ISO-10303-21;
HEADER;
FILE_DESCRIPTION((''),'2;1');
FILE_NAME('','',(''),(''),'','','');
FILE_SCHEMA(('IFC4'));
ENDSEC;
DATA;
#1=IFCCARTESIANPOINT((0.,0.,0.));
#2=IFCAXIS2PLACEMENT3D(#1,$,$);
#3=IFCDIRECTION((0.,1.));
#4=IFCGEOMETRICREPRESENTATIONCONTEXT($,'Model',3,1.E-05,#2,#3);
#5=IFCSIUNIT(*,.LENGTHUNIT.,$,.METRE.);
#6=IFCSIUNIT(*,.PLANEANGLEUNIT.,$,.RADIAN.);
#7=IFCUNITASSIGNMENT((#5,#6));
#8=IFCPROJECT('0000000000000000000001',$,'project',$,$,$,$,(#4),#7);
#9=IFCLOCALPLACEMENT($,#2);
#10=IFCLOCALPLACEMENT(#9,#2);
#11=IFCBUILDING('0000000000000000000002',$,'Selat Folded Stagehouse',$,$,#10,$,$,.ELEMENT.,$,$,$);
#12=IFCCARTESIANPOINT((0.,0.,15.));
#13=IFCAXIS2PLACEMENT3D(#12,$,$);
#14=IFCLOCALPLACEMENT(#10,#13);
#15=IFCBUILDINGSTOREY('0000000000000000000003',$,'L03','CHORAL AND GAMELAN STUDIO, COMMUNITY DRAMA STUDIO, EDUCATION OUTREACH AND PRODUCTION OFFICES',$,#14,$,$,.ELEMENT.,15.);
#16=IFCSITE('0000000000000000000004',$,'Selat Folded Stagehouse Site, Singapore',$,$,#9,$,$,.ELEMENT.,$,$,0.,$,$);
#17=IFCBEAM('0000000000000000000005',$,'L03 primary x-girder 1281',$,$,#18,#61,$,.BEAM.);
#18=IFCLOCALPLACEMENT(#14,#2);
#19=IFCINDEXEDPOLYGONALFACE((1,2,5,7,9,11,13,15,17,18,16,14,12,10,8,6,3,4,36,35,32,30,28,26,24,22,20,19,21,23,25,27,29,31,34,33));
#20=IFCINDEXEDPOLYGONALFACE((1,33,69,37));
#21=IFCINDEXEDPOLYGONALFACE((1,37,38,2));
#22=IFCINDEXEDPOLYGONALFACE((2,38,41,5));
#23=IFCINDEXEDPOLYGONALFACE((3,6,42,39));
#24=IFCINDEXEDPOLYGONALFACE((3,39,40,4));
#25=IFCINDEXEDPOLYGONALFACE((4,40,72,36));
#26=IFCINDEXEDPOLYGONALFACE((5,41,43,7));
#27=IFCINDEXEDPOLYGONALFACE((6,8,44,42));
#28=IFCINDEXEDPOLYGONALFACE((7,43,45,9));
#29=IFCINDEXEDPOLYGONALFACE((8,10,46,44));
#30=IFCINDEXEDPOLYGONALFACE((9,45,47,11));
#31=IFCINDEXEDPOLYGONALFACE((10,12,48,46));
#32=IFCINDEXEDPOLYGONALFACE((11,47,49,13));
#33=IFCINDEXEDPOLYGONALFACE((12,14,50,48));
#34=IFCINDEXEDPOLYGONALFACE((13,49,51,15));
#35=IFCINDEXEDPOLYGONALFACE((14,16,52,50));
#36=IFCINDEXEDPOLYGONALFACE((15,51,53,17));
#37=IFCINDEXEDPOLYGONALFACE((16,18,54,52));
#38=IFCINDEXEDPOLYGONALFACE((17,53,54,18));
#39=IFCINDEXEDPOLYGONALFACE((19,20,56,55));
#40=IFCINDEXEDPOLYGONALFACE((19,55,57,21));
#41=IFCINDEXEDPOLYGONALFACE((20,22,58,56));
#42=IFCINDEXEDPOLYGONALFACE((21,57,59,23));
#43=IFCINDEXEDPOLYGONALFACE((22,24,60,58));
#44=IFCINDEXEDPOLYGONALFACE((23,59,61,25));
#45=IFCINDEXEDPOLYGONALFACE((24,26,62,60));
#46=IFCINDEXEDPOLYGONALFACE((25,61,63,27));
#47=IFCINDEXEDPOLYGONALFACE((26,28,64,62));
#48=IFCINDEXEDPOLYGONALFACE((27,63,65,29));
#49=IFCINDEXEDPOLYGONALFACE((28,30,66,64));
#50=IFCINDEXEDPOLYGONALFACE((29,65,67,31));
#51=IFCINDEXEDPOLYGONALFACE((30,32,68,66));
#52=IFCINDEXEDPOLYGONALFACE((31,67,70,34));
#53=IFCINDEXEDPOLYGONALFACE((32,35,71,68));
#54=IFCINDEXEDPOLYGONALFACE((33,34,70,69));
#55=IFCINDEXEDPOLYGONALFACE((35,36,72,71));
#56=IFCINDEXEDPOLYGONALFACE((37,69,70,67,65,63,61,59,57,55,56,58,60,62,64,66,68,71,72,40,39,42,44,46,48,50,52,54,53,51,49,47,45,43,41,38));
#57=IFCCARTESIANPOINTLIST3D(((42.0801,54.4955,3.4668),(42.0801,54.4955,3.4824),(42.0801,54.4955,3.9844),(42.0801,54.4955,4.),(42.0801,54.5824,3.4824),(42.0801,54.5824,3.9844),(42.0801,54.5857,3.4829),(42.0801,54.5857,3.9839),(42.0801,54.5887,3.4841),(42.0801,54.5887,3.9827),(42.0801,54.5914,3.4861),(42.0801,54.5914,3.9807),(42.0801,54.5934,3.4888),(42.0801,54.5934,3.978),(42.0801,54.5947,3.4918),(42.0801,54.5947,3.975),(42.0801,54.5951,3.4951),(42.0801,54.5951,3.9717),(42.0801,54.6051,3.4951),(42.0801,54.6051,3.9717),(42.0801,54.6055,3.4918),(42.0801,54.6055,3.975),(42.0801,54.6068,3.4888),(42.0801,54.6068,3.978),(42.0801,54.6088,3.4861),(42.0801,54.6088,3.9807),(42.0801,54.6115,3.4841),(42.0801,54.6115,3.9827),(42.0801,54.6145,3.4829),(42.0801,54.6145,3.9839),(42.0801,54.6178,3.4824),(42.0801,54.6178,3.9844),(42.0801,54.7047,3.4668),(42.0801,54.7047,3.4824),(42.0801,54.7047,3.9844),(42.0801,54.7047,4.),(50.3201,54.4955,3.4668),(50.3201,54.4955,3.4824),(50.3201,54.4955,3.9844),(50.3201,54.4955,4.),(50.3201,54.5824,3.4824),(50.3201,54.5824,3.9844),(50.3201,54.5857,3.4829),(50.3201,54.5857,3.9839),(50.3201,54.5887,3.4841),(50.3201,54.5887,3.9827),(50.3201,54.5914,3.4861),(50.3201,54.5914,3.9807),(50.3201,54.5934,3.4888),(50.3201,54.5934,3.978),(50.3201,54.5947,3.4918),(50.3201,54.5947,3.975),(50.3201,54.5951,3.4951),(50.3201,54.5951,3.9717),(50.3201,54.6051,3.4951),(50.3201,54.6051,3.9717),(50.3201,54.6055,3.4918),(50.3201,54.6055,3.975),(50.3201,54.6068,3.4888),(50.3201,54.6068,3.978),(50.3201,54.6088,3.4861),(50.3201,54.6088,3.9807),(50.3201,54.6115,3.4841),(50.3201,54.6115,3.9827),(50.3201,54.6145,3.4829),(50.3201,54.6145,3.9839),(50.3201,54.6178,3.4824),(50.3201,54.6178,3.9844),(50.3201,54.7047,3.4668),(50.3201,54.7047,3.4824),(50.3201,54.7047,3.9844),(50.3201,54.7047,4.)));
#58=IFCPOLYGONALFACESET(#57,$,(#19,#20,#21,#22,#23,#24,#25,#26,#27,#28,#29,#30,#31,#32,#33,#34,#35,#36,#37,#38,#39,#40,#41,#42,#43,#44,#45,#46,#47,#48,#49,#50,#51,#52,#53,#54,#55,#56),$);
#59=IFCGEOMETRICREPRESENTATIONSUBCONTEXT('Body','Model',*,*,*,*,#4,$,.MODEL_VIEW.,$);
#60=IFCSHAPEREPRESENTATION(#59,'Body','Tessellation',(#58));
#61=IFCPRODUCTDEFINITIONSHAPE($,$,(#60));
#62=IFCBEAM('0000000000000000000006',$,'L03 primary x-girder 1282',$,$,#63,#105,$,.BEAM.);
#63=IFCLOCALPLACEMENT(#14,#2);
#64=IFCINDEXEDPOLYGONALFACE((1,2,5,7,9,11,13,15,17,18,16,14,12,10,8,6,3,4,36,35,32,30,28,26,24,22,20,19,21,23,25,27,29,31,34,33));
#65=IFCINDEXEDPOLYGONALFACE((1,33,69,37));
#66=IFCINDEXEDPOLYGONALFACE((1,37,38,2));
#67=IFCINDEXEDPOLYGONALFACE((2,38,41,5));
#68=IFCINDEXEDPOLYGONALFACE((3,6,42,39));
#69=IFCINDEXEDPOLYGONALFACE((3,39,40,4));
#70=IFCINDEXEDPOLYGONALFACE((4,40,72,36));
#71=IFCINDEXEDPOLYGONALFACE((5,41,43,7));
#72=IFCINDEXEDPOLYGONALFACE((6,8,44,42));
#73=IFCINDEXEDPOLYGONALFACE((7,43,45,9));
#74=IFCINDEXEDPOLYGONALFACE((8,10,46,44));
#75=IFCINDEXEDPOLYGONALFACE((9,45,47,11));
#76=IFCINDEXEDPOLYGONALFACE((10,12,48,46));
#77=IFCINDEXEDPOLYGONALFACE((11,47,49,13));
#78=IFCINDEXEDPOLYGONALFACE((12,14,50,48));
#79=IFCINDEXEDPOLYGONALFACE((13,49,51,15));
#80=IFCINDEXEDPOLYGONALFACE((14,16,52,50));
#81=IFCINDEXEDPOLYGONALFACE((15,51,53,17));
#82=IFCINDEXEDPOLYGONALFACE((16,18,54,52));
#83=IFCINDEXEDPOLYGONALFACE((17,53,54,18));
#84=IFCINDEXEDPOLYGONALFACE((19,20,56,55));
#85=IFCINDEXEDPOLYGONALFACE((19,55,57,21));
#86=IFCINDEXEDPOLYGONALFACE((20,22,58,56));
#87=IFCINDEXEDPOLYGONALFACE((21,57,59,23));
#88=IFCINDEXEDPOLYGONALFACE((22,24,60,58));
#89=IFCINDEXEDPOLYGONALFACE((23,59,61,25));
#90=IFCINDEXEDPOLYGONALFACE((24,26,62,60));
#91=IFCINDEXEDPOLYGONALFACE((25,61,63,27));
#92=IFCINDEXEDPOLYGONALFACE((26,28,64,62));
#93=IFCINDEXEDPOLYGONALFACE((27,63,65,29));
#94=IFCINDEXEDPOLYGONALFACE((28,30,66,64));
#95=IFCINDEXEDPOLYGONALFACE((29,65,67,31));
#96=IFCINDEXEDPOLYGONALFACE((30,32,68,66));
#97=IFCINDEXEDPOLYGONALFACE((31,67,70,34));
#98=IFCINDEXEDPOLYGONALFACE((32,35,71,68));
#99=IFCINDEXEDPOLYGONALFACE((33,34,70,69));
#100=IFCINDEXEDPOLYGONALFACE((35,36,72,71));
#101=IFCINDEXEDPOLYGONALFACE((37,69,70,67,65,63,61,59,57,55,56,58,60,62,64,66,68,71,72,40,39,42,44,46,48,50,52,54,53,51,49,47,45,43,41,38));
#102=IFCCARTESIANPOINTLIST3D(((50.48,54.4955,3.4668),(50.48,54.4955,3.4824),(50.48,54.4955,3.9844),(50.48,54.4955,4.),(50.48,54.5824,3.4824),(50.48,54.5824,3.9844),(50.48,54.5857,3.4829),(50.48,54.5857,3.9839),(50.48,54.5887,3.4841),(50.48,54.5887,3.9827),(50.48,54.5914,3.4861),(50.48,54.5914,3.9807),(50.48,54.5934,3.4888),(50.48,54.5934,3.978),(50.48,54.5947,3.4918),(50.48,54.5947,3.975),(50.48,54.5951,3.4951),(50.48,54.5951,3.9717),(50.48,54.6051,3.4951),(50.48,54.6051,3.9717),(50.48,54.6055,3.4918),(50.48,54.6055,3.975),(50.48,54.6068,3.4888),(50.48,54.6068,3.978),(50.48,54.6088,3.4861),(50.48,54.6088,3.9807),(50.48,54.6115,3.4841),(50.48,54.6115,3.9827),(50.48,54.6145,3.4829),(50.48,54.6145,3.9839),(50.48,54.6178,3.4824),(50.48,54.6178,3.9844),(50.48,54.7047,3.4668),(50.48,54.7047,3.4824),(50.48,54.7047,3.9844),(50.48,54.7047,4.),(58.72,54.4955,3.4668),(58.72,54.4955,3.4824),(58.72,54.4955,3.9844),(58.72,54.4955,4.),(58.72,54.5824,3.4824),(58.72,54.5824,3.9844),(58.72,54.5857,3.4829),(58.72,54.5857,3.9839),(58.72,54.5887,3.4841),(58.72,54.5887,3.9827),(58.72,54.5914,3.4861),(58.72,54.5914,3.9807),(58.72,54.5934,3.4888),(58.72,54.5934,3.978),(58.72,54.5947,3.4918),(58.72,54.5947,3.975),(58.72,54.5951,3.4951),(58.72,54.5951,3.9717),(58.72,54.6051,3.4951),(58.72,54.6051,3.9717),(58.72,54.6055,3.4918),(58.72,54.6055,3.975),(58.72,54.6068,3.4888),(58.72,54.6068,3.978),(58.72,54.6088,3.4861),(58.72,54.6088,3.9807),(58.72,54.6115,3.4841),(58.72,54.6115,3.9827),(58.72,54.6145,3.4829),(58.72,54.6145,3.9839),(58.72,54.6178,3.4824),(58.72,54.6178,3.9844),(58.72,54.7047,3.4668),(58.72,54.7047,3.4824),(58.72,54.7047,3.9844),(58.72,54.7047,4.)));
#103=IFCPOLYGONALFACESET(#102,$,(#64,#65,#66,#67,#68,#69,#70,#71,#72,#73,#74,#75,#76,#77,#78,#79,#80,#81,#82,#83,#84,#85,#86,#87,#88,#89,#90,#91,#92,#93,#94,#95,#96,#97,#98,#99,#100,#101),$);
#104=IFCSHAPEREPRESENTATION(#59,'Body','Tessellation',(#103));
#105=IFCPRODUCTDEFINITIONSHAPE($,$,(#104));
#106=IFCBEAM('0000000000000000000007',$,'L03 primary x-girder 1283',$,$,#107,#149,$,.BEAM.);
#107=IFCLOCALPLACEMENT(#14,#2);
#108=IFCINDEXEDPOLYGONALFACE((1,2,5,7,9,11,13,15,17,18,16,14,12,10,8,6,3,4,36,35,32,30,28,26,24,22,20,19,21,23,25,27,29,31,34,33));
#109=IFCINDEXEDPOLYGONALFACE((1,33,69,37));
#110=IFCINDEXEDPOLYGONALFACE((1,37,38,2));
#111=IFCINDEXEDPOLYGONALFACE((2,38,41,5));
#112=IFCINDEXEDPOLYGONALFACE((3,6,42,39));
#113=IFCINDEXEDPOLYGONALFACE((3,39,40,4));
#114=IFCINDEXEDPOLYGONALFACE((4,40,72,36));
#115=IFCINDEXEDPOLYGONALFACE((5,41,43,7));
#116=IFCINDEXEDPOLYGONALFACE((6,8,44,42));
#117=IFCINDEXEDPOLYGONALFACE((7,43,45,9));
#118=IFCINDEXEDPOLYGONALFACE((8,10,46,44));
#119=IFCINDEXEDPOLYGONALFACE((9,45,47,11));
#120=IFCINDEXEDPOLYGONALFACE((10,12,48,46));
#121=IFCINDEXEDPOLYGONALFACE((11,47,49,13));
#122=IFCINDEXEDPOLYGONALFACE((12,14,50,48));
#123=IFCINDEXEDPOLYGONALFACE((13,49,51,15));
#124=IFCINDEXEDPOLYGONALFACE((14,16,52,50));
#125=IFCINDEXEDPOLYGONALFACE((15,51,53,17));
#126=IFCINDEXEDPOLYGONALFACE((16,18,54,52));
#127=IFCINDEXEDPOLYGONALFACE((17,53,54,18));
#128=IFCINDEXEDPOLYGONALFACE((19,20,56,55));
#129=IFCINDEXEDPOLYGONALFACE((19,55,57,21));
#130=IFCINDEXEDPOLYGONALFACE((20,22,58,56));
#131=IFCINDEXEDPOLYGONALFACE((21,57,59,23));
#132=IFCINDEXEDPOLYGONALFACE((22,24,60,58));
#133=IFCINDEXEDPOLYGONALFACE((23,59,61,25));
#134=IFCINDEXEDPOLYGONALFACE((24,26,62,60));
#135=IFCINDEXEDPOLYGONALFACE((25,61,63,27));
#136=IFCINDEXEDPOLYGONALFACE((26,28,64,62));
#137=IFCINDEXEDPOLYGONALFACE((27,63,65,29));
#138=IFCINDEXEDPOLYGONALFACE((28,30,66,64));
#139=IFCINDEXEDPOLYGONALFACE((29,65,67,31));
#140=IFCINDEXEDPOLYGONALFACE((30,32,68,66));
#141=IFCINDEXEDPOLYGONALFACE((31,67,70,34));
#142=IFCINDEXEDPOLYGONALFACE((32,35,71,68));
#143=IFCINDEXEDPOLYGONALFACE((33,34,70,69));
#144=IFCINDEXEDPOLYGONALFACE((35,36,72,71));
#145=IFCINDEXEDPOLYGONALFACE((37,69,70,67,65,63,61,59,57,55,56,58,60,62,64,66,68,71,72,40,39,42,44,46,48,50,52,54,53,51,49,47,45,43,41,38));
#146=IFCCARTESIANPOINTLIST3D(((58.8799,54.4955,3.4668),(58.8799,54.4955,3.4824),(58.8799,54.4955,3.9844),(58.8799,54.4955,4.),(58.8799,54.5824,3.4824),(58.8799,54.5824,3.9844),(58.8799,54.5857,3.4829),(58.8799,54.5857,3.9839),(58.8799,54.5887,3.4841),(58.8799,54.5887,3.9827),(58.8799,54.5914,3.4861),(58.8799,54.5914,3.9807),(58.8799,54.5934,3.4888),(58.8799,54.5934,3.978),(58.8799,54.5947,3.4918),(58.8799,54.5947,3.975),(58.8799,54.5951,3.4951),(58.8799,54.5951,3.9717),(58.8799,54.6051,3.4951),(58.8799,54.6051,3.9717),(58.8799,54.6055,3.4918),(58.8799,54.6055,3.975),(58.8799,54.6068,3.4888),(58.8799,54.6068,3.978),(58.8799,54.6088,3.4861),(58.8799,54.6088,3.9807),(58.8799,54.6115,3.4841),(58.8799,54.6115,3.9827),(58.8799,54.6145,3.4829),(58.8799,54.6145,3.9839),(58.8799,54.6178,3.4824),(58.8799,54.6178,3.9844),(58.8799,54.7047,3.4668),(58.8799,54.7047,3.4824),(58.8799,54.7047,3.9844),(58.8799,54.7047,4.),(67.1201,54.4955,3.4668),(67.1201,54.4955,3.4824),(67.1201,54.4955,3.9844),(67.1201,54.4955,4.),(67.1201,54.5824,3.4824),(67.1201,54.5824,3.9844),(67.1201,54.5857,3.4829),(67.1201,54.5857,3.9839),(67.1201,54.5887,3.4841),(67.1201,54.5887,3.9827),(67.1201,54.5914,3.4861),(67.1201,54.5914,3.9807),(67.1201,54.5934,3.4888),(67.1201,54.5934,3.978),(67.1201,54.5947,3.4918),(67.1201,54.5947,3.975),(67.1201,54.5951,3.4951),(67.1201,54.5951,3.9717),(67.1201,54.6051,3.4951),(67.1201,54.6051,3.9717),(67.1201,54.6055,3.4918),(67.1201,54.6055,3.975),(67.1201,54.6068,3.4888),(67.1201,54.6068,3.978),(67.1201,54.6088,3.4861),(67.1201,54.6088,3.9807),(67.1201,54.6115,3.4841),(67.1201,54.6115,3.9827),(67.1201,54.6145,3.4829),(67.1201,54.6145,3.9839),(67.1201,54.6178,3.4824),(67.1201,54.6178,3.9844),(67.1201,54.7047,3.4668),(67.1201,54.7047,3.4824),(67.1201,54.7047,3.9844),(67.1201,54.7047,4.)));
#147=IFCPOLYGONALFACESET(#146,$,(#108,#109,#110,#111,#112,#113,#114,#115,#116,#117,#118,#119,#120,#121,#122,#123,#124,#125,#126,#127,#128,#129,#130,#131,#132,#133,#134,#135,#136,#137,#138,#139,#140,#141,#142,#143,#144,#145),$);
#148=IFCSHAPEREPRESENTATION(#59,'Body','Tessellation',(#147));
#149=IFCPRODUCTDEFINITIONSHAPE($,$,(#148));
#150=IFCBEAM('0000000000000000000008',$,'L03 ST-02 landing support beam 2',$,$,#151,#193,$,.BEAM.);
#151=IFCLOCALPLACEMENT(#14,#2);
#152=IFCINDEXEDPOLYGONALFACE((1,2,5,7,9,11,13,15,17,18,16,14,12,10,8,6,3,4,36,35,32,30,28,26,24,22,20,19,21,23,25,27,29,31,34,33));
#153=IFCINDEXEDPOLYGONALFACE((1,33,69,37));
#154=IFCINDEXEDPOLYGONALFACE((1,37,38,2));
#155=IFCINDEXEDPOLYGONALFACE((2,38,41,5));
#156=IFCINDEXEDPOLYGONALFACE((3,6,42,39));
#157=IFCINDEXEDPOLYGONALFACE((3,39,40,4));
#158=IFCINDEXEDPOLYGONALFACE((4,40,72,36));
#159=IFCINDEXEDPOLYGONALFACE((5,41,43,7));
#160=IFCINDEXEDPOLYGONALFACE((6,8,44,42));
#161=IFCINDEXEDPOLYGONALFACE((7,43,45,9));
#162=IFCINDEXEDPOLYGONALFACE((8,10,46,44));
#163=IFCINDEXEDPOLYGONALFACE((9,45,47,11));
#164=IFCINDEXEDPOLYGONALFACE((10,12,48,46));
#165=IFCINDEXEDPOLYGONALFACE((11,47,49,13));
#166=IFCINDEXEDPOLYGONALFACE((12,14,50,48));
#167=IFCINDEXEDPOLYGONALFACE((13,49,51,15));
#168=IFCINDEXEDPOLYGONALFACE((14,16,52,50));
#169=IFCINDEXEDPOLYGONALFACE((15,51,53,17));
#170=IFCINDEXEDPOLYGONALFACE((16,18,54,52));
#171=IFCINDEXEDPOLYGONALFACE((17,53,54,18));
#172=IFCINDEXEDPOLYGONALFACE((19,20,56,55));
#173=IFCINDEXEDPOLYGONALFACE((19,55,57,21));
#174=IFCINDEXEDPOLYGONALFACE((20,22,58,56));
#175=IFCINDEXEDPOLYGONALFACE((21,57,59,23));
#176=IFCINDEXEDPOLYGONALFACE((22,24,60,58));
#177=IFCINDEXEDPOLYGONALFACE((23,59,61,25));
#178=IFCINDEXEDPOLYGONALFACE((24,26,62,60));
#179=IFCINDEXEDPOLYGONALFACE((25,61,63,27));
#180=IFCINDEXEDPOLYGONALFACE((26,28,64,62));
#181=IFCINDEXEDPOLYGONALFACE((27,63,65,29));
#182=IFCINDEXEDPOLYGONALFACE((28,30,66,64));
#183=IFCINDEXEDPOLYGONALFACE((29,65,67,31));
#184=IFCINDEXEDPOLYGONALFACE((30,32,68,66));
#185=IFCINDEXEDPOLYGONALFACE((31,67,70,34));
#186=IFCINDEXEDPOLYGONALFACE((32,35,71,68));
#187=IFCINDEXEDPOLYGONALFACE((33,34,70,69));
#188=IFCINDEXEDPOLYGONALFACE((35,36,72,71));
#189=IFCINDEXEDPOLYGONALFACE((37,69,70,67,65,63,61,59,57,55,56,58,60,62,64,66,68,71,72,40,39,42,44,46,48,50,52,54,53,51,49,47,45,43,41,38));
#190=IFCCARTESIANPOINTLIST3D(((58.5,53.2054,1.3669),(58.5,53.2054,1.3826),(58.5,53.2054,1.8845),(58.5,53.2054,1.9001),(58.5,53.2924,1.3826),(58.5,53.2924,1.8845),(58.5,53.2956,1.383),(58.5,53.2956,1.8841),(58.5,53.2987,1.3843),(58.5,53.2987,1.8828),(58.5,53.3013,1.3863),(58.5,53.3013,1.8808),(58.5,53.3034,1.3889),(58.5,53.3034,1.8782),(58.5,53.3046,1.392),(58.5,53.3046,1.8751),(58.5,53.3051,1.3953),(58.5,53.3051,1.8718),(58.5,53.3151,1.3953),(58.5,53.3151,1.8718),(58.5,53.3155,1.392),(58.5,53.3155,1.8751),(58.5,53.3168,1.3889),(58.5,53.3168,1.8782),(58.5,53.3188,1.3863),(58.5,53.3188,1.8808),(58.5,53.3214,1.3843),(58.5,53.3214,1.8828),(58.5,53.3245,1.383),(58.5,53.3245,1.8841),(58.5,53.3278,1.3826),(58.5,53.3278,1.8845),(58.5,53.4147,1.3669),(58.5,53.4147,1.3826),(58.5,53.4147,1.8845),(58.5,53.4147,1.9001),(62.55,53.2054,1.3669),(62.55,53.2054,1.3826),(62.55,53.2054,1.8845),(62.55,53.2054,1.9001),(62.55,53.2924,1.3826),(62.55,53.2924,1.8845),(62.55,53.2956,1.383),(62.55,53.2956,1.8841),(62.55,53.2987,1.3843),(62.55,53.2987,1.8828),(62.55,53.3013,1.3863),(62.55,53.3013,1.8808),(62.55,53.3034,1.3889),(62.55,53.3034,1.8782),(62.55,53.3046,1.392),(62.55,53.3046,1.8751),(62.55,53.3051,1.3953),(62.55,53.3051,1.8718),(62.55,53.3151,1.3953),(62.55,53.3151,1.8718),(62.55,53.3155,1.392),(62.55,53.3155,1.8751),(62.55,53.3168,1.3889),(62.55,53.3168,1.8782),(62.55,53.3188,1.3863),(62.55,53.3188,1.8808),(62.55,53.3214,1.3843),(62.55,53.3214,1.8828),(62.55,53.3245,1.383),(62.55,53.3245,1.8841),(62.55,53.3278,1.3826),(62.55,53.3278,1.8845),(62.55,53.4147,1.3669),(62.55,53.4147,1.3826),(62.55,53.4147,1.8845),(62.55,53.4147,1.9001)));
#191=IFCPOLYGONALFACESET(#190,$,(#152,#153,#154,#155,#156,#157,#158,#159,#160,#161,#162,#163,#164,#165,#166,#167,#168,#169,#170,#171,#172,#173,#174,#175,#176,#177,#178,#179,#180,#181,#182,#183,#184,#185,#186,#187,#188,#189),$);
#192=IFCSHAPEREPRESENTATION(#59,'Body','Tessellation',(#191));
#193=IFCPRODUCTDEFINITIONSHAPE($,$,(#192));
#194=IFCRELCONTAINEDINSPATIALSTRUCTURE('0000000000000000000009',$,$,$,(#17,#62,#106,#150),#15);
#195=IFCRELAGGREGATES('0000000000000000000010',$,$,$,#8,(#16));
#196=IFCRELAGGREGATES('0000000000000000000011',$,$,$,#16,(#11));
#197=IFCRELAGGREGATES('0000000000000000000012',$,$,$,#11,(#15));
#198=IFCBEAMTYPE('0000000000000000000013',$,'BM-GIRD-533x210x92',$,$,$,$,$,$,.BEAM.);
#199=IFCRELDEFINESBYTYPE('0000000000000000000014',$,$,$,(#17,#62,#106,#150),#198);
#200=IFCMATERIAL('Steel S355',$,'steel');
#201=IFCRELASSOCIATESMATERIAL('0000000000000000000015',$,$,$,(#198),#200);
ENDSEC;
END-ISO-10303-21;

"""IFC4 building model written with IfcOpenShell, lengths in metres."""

from ifc_helpers import new_model, si_unit, direction, frame, origin, origin_2d, place, context, subcontext, project, spatial, i_section, extrude, material, material_profile, profile_set, type_object, element, save


model = new_model("IFC4")

# Units and contexts
model_context = context("Model", 3, precision=1e-05, world=origin(), true_north=direction((0.0, 1.0)))
body_context = subcontext(model_context, "Body", "Model", "MODEL_VIEW")
ifc_project = project(units=[si_unit("LENGTHUNIT", "METRE"), si_unit("PLANEANGLEUNIT", "RADIAN")], contexts=[model_context])

# Site, building, storey
site_placement = place(None, origin())
site = spatial("IfcSite", under=ifc_project, at=site_placement, Name="Selat Folded Stagehouse Site, Singapore", CompositionType="ELEMENT", RefElevation=0.0)
building_placement = place(site_placement, origin())
building = spatial("IfcBuilding", under=site, at=building_placement, Name="Selat Folded Stagehouse", CompositionType="ELEMENT")
storey_placement = place(building_placement, frame((0.0, 0.0, 15.0)))
storey = spatial("IfcBuildingStorey", under=building, at=storey_placement, Name="L03", Description="CHORAL AND GAMELAN STUDIO, COMMUNITY DRAMA STUDIO, EDUCATION OUTREACH AND PRODUCTION OFFICES", CompositionType="ELEMENT", Elevation=15.0)

# Shared definitions
ifc_material_1 = material(Name="Steel S355", Category="steel")

# Beams
ifc_material_profile_1 = material_profile(ifc_material_1, i_section(OverallWidth=0.2092, OverallDepth=0.5332, WebThickness=0.01, FlangeThickness=0.0156, FilletRadius=0.0127, at=origin_2d()), Name="UKB 533x210x92")
ifc_profile_set_1 = profile_set([ifc_material_profile_1], Name="Steel S355")
beam_type_1 = type_object("IfcBeamType", Name="BM-GIRD-533x210x92", PredefinedType="BEAM", material=ifc_profile_set_1)
for number, where, z_axis, x_axis, name in (
    (1, (42.0801, 54.6001, 3.7334), (1.0, 0.0, 0.0), (0.0, 1.0, 0.0), "L03 primary x-girder 1281"),
    (2, (50.48, 54.6001, 3.7334), (1.0, 0.0, 0.0), (0.0, 1.0, 0.0), "L03 primary x-girder 1282"),
):
    element("IfcBeam", number, at=place(storey_placement, frame(where, z_axis=z_axis, x_axis=x_axis)), inside=storey, type_object=beam_type_1, Name=name, PredefinedType="BEAM", context=body_context, shape_type="SweptSolid", body=[
        extrude(i_section(OverallWidth=0.2092, OverallDepth=0.5332, WebThickness=0.01, FlangeThickness=0.0156, FilletRadius=0.0127, at=origin_2d()), origin(), (0.0, 0.0, 1.0), 8.24),
    ])
beam_1_placement = place(storey_placement, frame((58.8799, 54.6001, 3.7334), z_axis=(1.0, 0.0, 0.0), x_axis=(0.0, 1.0, 0.0)))
element("IfcBeam", 3, at=beam_1_placement, inside=storey, type_object=beam_type_1, Name="L03 primary x-girder 1283", PredefinedType="BEAM", context=body_context, shape_type="SweptSolid", body=[
    extrude(i_section(OverallWidth=0.2092, OverallDepth=0.5332, WebThickness=0.01, FlangeThickness=0.0156, FilletRadius=0.0127, at=origin_2d()), origin(), (0.0, 0.0, 1.0), 8.2402),
])
beam_2_placement = place(storey_placement, frame((58.5, 53.3101, 1.6335), z_axis=(1.0, 0.0, 0.0), x_axis=(0.0, 1.0, 0.0)))
element("IfcBeam", 4, at=beam_2_placement, inside=storey, type_object=beam_type_1, Name="L03 ST-02 landing support beam 2", PredefinedType="BEAM", context=body_context, shape_type="SweptSolid", body=[
    extrude(i_section(OverallWidth=0.2092, OverallDepth=0.5332, WebThickness=0.01, FlangeThickness=0.0156, FilletRadius=0.0127, at=origin_2d()), origin(), (0.0, 0.0, 1.0), 4.05),
])

save(model, "model.ifc")
